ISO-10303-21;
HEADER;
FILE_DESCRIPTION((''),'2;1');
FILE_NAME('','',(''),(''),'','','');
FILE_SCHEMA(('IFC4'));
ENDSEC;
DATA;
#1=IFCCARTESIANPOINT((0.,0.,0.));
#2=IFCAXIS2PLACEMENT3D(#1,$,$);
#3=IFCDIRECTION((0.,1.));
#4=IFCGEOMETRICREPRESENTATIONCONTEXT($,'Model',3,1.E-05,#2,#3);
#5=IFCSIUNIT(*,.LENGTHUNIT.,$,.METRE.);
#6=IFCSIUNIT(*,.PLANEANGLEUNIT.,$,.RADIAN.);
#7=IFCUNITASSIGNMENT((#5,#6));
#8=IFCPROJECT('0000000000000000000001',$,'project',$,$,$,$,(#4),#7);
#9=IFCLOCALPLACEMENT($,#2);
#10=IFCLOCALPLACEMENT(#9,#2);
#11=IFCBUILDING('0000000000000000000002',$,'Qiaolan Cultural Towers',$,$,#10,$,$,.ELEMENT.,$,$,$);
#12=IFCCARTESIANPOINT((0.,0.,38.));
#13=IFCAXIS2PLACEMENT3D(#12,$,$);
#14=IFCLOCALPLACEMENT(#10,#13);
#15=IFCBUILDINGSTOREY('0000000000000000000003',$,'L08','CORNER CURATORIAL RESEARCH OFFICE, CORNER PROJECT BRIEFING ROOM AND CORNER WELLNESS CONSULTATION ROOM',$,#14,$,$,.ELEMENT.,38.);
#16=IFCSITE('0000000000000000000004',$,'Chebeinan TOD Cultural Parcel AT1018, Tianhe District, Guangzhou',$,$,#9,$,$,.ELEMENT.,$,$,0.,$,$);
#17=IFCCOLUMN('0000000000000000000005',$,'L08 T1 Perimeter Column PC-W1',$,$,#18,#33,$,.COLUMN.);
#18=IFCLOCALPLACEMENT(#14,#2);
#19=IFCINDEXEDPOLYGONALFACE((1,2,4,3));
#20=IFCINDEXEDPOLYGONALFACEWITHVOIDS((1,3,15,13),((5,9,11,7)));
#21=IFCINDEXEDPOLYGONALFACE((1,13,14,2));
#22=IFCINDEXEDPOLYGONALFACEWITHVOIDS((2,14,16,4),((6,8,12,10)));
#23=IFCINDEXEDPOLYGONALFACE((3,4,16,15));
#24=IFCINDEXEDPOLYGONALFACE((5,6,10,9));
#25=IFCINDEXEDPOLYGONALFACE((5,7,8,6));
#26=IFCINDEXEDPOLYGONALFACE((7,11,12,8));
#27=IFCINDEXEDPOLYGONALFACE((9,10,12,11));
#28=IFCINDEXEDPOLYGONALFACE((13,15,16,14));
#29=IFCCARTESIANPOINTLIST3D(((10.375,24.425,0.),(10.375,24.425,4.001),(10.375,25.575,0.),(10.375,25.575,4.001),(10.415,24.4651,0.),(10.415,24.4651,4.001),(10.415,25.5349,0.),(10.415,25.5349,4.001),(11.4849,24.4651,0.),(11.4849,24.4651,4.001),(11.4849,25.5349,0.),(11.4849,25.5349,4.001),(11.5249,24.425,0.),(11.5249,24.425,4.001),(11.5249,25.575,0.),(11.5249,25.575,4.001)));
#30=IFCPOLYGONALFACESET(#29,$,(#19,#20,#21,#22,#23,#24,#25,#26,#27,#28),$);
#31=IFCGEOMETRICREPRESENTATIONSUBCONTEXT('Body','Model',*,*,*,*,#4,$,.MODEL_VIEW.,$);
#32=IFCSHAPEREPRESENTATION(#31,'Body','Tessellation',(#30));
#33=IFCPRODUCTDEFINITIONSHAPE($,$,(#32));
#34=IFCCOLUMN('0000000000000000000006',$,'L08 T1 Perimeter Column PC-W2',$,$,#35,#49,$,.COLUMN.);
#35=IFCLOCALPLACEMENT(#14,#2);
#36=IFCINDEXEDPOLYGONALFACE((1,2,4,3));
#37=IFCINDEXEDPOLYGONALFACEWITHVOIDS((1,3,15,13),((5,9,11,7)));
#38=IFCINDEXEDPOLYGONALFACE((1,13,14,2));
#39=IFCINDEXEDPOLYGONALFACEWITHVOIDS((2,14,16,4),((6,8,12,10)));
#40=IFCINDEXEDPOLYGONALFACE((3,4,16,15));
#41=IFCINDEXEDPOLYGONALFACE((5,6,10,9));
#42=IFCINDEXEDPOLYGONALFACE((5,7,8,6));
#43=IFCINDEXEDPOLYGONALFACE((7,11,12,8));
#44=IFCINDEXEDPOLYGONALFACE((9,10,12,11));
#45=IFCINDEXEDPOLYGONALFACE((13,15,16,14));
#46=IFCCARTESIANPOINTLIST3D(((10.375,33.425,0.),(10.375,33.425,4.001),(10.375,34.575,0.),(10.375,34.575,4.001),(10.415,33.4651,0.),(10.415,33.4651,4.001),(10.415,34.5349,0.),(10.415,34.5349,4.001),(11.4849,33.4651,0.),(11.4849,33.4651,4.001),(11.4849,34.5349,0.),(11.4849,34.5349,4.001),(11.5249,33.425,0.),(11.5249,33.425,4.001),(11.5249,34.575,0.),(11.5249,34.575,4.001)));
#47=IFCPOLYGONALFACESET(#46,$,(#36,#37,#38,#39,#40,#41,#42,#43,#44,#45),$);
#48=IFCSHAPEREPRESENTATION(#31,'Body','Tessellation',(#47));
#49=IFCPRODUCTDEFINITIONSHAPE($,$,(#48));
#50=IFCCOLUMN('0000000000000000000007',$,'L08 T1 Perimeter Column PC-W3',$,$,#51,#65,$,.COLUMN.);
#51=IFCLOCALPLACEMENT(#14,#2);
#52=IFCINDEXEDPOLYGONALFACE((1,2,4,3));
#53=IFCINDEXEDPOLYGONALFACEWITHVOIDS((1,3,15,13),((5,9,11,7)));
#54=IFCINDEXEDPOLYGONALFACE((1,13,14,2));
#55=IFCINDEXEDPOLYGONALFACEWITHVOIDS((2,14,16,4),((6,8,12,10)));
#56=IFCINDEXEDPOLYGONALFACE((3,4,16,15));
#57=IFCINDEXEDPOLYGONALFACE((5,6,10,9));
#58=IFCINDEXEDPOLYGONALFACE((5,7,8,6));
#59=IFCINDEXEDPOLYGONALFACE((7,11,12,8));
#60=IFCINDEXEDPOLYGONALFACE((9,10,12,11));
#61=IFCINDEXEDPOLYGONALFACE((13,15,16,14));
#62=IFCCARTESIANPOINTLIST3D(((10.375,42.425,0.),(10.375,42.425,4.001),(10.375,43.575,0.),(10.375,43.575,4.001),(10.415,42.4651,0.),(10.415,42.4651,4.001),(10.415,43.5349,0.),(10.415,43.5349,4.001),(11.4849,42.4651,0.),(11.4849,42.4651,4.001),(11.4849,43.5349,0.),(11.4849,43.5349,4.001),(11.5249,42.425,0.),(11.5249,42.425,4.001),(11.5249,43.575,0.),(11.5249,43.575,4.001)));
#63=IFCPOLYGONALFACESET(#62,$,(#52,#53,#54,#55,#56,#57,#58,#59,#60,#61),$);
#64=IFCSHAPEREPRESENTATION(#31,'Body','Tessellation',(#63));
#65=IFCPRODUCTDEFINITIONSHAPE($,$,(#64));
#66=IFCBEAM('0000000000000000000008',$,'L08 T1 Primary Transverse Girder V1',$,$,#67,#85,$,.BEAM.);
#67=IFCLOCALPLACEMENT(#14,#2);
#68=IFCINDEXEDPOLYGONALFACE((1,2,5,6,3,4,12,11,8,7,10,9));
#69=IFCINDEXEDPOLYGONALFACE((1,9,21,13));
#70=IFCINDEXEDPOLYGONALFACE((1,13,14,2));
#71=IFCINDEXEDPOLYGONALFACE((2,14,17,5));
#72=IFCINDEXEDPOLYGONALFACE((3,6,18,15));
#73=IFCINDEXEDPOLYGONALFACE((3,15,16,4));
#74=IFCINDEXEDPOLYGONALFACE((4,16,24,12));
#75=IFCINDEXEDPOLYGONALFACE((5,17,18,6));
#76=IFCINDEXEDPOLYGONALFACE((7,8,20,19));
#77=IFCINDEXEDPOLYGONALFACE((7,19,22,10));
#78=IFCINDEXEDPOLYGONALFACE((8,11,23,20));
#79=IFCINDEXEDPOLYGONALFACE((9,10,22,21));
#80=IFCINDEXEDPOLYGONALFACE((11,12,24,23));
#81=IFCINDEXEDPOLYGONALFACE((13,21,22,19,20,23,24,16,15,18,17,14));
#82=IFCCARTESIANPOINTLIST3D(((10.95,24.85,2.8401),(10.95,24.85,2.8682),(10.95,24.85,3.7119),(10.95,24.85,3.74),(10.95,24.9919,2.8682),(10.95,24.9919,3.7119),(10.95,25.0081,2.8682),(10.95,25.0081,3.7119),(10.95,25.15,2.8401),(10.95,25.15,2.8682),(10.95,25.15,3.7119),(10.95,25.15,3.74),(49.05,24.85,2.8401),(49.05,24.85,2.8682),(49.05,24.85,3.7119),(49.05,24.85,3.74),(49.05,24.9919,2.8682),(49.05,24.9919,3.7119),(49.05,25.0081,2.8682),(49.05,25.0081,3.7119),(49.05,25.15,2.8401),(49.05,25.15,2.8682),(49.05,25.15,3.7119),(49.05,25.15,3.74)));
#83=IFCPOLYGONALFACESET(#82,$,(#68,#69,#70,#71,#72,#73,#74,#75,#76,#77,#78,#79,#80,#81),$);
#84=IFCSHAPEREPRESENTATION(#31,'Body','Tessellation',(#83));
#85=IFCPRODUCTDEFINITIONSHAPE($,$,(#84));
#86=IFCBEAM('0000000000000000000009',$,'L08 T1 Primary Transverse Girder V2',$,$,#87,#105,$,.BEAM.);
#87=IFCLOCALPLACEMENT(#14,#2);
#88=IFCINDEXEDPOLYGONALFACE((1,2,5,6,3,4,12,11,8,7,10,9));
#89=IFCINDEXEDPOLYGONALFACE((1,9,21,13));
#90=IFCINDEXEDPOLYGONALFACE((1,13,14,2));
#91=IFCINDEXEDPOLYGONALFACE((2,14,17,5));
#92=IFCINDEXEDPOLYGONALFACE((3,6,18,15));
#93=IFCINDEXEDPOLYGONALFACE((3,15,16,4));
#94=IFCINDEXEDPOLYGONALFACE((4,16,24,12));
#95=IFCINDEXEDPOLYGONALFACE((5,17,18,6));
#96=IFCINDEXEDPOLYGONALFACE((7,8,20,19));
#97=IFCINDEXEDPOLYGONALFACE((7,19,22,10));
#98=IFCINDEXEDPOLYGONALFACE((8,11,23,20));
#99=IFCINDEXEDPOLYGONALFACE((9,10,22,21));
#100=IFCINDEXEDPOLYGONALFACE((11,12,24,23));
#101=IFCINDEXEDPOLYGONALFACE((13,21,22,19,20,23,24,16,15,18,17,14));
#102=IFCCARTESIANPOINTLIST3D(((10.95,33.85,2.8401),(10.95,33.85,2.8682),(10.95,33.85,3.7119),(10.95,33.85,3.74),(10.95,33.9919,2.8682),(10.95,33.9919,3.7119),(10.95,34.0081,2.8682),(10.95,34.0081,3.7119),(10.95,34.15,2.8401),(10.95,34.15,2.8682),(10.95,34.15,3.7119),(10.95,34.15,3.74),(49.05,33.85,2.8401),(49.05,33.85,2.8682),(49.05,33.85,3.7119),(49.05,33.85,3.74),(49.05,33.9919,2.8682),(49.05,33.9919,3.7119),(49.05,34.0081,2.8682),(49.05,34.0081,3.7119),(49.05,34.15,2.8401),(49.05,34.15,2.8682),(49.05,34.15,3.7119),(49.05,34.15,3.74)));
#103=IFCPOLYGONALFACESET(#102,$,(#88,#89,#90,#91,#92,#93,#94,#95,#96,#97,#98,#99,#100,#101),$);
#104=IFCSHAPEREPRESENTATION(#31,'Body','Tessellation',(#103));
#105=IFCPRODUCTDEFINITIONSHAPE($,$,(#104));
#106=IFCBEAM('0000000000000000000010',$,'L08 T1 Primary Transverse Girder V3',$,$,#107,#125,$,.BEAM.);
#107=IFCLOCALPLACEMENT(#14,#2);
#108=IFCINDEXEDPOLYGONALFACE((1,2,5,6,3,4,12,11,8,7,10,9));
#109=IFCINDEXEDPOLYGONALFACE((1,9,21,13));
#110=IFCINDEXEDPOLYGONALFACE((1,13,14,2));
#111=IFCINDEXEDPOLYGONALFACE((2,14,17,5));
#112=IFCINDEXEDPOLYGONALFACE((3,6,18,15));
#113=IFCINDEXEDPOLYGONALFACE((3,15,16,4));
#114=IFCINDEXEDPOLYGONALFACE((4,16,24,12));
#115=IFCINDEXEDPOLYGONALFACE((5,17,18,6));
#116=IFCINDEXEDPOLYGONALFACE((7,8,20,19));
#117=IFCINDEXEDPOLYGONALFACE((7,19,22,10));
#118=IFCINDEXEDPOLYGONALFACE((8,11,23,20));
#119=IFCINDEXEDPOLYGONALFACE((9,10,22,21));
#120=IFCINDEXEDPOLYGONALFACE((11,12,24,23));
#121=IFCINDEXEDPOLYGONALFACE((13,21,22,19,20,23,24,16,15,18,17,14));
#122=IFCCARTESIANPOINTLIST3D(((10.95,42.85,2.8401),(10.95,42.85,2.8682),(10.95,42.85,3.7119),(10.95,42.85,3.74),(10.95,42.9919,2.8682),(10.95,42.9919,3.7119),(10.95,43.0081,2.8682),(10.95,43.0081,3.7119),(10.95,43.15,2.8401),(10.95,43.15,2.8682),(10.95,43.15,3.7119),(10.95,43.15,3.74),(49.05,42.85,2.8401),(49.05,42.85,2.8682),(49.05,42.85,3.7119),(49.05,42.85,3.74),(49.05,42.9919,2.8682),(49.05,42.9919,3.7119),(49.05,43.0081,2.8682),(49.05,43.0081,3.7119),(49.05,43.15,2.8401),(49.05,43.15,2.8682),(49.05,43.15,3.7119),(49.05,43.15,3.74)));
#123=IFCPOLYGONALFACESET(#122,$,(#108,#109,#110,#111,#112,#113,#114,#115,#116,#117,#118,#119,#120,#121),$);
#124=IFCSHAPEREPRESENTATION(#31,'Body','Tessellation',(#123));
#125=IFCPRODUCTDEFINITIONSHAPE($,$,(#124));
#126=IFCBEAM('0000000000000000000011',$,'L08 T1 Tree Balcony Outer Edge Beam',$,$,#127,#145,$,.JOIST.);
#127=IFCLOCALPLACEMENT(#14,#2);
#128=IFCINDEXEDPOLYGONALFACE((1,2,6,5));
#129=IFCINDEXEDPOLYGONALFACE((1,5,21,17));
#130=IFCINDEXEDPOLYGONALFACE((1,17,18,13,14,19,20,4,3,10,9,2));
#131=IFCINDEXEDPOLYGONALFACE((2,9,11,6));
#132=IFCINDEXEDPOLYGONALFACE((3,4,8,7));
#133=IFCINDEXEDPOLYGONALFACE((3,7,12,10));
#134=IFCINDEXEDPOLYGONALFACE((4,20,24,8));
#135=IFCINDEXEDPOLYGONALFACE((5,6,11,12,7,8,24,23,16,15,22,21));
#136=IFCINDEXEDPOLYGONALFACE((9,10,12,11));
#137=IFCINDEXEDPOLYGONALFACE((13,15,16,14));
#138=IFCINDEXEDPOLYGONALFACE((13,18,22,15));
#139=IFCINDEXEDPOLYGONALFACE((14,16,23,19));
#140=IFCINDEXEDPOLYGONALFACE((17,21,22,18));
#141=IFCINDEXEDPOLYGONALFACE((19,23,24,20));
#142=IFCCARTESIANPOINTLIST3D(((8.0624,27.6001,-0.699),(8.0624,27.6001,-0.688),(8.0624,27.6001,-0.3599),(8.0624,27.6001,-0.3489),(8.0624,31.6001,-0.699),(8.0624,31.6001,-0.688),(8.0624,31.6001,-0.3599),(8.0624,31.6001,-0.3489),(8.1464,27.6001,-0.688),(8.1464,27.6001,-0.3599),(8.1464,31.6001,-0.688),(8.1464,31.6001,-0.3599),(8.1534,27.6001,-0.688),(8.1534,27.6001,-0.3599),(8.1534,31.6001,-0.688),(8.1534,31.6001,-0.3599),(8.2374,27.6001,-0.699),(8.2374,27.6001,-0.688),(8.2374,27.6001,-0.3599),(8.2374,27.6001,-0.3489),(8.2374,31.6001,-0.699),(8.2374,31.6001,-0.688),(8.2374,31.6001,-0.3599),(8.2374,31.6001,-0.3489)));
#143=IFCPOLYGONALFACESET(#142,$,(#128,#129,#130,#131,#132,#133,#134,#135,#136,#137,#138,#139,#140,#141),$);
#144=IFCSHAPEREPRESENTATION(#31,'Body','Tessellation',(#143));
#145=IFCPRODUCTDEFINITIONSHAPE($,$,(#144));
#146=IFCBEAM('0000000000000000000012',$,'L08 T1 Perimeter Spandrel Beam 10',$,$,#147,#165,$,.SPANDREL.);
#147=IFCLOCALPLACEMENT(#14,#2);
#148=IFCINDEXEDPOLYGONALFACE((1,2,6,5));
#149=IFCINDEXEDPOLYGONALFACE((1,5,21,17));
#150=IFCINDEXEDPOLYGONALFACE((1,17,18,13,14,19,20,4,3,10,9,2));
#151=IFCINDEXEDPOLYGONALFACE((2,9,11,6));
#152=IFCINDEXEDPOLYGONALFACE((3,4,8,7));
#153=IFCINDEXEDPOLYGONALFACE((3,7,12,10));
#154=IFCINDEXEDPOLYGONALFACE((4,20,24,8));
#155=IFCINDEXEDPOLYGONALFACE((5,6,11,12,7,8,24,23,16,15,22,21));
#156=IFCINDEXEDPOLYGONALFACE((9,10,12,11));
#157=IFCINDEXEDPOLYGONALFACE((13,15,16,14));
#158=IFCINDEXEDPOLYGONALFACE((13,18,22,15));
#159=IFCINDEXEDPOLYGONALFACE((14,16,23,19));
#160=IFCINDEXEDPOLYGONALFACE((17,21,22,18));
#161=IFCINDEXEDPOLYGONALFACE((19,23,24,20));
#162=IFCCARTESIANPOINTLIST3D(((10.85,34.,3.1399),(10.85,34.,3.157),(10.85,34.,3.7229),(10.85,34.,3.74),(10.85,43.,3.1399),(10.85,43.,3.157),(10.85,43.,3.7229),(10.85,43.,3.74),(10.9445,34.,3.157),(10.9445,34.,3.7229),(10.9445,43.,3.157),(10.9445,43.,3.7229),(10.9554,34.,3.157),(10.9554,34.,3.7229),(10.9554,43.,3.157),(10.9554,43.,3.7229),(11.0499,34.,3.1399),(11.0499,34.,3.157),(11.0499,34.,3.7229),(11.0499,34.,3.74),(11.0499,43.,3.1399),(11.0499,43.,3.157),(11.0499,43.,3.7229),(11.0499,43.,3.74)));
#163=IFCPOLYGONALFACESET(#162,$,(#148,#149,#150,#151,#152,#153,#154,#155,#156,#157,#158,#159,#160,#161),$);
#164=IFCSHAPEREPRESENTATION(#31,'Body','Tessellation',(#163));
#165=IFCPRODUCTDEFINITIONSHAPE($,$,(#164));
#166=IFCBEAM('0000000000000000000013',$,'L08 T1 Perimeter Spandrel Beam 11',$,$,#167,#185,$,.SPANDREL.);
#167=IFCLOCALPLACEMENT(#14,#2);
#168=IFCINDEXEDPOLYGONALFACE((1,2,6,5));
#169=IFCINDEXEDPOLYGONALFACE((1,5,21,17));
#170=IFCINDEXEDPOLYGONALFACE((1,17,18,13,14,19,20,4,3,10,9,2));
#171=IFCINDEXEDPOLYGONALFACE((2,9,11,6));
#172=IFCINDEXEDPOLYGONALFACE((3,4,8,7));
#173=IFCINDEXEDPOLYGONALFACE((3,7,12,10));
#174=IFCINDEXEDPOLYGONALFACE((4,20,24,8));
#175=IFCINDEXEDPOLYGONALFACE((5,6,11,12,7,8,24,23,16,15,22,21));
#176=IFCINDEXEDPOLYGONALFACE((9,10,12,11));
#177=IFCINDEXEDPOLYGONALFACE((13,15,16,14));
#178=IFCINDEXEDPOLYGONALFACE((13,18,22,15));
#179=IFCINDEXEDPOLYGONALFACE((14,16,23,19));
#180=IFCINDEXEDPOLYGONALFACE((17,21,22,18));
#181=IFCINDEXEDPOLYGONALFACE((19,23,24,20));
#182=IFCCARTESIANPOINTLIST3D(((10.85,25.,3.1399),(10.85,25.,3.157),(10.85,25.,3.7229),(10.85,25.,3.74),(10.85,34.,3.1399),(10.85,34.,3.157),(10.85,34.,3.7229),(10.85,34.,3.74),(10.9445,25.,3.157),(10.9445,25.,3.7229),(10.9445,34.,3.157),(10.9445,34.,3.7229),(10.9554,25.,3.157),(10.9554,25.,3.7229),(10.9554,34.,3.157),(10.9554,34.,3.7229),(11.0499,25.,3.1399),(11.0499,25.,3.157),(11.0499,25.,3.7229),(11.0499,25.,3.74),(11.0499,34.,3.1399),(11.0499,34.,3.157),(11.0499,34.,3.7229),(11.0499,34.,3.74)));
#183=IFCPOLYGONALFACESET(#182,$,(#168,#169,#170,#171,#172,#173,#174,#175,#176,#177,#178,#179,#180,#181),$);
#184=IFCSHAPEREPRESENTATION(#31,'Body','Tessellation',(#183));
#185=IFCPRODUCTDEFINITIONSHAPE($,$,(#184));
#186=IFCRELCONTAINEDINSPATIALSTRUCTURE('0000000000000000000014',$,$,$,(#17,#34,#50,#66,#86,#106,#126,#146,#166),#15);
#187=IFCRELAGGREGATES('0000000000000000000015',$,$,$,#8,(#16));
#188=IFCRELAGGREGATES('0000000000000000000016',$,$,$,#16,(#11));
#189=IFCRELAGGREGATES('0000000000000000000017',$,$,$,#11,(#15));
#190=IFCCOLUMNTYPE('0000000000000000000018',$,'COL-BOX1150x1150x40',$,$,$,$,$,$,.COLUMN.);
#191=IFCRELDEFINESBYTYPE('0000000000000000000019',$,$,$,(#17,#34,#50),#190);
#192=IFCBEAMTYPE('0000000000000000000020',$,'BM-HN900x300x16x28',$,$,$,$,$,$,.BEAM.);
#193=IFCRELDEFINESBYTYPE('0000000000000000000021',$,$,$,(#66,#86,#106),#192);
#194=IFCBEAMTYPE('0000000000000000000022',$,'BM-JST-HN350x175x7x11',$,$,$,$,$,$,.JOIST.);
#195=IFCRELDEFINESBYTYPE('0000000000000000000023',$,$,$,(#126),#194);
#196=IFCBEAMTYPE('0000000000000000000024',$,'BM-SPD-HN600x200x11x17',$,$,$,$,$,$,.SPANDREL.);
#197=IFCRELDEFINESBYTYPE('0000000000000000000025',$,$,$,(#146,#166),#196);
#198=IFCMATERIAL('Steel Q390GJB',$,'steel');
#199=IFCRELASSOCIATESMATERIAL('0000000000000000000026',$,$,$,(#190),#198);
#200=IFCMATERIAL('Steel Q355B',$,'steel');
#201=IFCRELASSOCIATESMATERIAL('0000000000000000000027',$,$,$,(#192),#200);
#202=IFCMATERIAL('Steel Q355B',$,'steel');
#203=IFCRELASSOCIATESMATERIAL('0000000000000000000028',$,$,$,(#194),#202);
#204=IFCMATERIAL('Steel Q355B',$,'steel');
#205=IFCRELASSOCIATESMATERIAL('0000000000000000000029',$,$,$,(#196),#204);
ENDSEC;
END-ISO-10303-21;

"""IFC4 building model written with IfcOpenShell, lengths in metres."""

from ifc_helpers import new_model, si_unit, direction, frame, origin, origin_2d, place, context, subcontext, project, spatial, hollow_rectangle, i_section, extrude, material, material_profile, profile_set, type_object, element, save


model = new_model("IFC4")

# Units and contexts
model_context = context("Model", 3, precision=1e-05, world=origin(), true_north=direction((0.0, 1.0)))
body_context = subcontext(model_context, "Body", "Model", "MODEL_VIEW")
ifc_project = project(units=[si_unit("LENGTHUNIT", "METRE"), si_unit("PLANEANGLEUNIT", "RADIAN")], contexts=[model_context])

# Site, building, storey
site_placement = place(None, origin())
site = spatial("IfcSite", under=ifc_project, at=site_placement, Name="Chebeinan TOD Cultural Parcel AT1018, Tianhe District, Guangzhou", CompositionType="ELEMENT", RefElevation=0.0)
building_placement = place(site_placement, origin())
building = spatial("IfcBuilding", under=site, at=building_placement, Name="Qiaolan Cultural Towers", CompositionType="ELEMENT")
storey_placement = place(building_placement, frame((0.0, 0.0, 38.0)))
storey = spatial("IfcBuildingStorey", under=building, at=storey_placement, Name="L08", Description="CORNER CURATORIAL RESEARCH OFFICE, CORNER PROJECT BRIEFING ROOM AND CORNER WELLNESS CONSULTATION ROOM", CompositionType="ELEMENT", Elevation=38.0)

# Columns
ifc_material_1 = material(Name="Steel Q390GJB", Category="steel")
ifc_material_profile_1 = material_profile(ifc_material_1, hollow_rectangle(XDim=1.1499, YDim=1.1499, WallThickness=0.04, at=origin_2d()), Name="BOX1150x1150x40")
ifc_profile_set_1 = profile_set([ifc_material_profile_1], Name="Steel Q390GJB")
column_type = type_object("IfcColumnType", Name="COL-BOX1150x1150x40", PredefinedType="COLUMN", material=ifc_profile_set_1)
for number, where, z_axis, x_axis, name in (
    (1, (10.95, 25.0, 0.0), (0.0, 0.0, 1.0), (1.0, 0.0, 0.0), "L08 T1 Perimeter Column PC-W1"),
    (2, (10.95, 34.0, 0.0), (0.0, 0.0, 1.0), (1.0, 0.0, 0.0), "L08 T1 Perimeter Column PC-W2"),
    (3, (10.95, 43.0, 0.0), (0.0, 0.0, 1.0), (1.0, 0.0, 0.0), "L08 T1 Perimeter Column PC-W3"),
):
    element("IfcColumn", number, at=place(storey_placement, frame(where, z_axis=z_axis, x_axis=x_axis)), inside=storey, type_object=column_type, Name=name, PredefinedType="COLUMN", context=body_context, shape_type="SweptSolid", body=[
        extrude(hollow_rectangle(XDim=1.1499, YDim=1.1499, WallThickness=0.04, at=origin_2d()), origin(), (0.0, 0.0, 1.0), 4.001),
    ])

# Beams
ifc_material_2 = material(Name="Steel Q355B", Category="steel")
ifc_material_profile_2 = material_profile(ifc_material_2, i_section(OverallWidth=0.3, OverallDepth=0.8999, WebThickness=0.0161, FlangeThickness=0.0281, at=origin_2d()), Name="HN900x300x16x28")
ifc_profile_set_2 = profile_set([ifc_material_profile_2], Name="Steel Q355B")
beam_type_1 = type_object("IfcBeamType", Name="BM-HN900x300x16x28", PredefinedType="BEAM", material=ifc_profile_set_2)
for number, where, z_axis, x_axis, name in (
    (4, (10.95, 25.0, 3.29), (1.0, 0.0, 0.0), (0.0, 1.0, 0.0), "L08 T1 Primary Transverse Girder V1"),
    (5, (10.95, 34.0, 3.29), (1.0, 0.0, 0.0), (0.0, 1.0, 0.0), "L08 T1 Primary Transverse Girder V2"),
    (6, (10.95, 43.0, 3.29), (1.0, 0.0, 0.0), (0.0, 1.0, 0.0), "L08 T1 Primary Transverse Girder V3"),
):
    element("IfcBeam", number, at=place(storey_placement, frame(where, z_axis=z_axis, x_axis=x_axis)), inside=storey, type_object=beam_type_1, Name=name, PredefinedType="BEAM", context=body_context, shape_type="SweptSolid", body=[
        extrude(i_section(OverallWidth=0.3, OverallDepth=0.8999, WebThickness=0.0161, FlangeThickness=0.0281, at=origin_2d()), origin(), (0.0, 0.0, 1.0), 38.1001),
    ])
ifc_material_3 = material(Name="Steel Q355B", Category="steel")
ifc_material_profile_3 = material_profile(ifc_material_3, i_section(OverallWidth=0.175, OverallDepth=0.3501, WebThickness=0.0071, FlangeThickness=0.011, at=origin_2d()), Name="HN350x175x7x11")
ifc_profile_set_3 = profile_set([ifc_material_profile_3], Name="Steel Q355B")
beam_type_2 = type_object("IfcBeamType", Name="BM-JST-HN350x175x7x11", PredefinedType="JOIST", material=ifc_profile_set_3)
beam_1_placement = place(storey_placement, frame((8.1499, 27.6001, -0.5239), z_axis=(0.0, 1.0, 0.0), x_axis=(-1.0, 0.0, 0.0)))
element("IfcBeam", 7, at=beam_1_placement, inside=storey, type_object=beam_type_2, Name="L08 T1 Tree Balcony Outer Edge Beam", PredefinedType="JOIST", context=body_context, shape_type="SweptSolid", body=[
    extrude(i_section(OverallWidth=0.175, OverallDepth=0.3501, WebThickness=0.0071, FlangeThickness=0.011, at=origin_2d()), origin(), (0.0, 0.0, 1.0), 4.0),
])
ifc_material_4 = material(Name="Steel Q355B", Category="steel")
ifc_material_profile_4 = material_profile(ifc_material_4, i_section(OverallWidth=0.2, OverallDepth=0.6001, WebThickness=0.011, FlangeThickness=0.0171, at=origin_2d()), Name="HN600x200x11x17")
ifc_profile_set_4 = profile_set([ifc_material_profile_4], Name="Steel Q355B")
beam_type_3 = type_object("IfcBeamType", Name="BM-SPD-HN600x200x11x17", PredefinedType="SPANDREL", material=ifc_profile_set_4)
for number, where, z_axis, x_axis, name in (
    (8, (10.95, 43.0, 3.4399), (0.0, -1.0, 0.0), (1.0, 0.0, 0.0), "L08 T1 Perimeter Spandrel Beam 10"),
    (9, (10.95, 34.0, 3.4399), (0.0, -1.0, 0.0), (1.0, 0.0, 0.0), "L08 T1 Perimeter Spandrel Beam 11"),
):
    element("IfcBeam", number, at=place(storey_placement, frame(where, z_axis=z_axis, x_axis=x_axis)), inside=storey, type_object=beam_type_3, Name=name, PredefinedType="SPANDREL", context=body_context, shape_type="SweptSolid", body=[
        extrude(i_section(OverallWidth=0.2, OverallDepth=0.6001, WebThickness=0.011, FlangeThickness=0.0171, at=origin_2d()), origin(), (0.0, 0.0, 1.0), 9.0),
    ])

save(model, "model.ifc")
